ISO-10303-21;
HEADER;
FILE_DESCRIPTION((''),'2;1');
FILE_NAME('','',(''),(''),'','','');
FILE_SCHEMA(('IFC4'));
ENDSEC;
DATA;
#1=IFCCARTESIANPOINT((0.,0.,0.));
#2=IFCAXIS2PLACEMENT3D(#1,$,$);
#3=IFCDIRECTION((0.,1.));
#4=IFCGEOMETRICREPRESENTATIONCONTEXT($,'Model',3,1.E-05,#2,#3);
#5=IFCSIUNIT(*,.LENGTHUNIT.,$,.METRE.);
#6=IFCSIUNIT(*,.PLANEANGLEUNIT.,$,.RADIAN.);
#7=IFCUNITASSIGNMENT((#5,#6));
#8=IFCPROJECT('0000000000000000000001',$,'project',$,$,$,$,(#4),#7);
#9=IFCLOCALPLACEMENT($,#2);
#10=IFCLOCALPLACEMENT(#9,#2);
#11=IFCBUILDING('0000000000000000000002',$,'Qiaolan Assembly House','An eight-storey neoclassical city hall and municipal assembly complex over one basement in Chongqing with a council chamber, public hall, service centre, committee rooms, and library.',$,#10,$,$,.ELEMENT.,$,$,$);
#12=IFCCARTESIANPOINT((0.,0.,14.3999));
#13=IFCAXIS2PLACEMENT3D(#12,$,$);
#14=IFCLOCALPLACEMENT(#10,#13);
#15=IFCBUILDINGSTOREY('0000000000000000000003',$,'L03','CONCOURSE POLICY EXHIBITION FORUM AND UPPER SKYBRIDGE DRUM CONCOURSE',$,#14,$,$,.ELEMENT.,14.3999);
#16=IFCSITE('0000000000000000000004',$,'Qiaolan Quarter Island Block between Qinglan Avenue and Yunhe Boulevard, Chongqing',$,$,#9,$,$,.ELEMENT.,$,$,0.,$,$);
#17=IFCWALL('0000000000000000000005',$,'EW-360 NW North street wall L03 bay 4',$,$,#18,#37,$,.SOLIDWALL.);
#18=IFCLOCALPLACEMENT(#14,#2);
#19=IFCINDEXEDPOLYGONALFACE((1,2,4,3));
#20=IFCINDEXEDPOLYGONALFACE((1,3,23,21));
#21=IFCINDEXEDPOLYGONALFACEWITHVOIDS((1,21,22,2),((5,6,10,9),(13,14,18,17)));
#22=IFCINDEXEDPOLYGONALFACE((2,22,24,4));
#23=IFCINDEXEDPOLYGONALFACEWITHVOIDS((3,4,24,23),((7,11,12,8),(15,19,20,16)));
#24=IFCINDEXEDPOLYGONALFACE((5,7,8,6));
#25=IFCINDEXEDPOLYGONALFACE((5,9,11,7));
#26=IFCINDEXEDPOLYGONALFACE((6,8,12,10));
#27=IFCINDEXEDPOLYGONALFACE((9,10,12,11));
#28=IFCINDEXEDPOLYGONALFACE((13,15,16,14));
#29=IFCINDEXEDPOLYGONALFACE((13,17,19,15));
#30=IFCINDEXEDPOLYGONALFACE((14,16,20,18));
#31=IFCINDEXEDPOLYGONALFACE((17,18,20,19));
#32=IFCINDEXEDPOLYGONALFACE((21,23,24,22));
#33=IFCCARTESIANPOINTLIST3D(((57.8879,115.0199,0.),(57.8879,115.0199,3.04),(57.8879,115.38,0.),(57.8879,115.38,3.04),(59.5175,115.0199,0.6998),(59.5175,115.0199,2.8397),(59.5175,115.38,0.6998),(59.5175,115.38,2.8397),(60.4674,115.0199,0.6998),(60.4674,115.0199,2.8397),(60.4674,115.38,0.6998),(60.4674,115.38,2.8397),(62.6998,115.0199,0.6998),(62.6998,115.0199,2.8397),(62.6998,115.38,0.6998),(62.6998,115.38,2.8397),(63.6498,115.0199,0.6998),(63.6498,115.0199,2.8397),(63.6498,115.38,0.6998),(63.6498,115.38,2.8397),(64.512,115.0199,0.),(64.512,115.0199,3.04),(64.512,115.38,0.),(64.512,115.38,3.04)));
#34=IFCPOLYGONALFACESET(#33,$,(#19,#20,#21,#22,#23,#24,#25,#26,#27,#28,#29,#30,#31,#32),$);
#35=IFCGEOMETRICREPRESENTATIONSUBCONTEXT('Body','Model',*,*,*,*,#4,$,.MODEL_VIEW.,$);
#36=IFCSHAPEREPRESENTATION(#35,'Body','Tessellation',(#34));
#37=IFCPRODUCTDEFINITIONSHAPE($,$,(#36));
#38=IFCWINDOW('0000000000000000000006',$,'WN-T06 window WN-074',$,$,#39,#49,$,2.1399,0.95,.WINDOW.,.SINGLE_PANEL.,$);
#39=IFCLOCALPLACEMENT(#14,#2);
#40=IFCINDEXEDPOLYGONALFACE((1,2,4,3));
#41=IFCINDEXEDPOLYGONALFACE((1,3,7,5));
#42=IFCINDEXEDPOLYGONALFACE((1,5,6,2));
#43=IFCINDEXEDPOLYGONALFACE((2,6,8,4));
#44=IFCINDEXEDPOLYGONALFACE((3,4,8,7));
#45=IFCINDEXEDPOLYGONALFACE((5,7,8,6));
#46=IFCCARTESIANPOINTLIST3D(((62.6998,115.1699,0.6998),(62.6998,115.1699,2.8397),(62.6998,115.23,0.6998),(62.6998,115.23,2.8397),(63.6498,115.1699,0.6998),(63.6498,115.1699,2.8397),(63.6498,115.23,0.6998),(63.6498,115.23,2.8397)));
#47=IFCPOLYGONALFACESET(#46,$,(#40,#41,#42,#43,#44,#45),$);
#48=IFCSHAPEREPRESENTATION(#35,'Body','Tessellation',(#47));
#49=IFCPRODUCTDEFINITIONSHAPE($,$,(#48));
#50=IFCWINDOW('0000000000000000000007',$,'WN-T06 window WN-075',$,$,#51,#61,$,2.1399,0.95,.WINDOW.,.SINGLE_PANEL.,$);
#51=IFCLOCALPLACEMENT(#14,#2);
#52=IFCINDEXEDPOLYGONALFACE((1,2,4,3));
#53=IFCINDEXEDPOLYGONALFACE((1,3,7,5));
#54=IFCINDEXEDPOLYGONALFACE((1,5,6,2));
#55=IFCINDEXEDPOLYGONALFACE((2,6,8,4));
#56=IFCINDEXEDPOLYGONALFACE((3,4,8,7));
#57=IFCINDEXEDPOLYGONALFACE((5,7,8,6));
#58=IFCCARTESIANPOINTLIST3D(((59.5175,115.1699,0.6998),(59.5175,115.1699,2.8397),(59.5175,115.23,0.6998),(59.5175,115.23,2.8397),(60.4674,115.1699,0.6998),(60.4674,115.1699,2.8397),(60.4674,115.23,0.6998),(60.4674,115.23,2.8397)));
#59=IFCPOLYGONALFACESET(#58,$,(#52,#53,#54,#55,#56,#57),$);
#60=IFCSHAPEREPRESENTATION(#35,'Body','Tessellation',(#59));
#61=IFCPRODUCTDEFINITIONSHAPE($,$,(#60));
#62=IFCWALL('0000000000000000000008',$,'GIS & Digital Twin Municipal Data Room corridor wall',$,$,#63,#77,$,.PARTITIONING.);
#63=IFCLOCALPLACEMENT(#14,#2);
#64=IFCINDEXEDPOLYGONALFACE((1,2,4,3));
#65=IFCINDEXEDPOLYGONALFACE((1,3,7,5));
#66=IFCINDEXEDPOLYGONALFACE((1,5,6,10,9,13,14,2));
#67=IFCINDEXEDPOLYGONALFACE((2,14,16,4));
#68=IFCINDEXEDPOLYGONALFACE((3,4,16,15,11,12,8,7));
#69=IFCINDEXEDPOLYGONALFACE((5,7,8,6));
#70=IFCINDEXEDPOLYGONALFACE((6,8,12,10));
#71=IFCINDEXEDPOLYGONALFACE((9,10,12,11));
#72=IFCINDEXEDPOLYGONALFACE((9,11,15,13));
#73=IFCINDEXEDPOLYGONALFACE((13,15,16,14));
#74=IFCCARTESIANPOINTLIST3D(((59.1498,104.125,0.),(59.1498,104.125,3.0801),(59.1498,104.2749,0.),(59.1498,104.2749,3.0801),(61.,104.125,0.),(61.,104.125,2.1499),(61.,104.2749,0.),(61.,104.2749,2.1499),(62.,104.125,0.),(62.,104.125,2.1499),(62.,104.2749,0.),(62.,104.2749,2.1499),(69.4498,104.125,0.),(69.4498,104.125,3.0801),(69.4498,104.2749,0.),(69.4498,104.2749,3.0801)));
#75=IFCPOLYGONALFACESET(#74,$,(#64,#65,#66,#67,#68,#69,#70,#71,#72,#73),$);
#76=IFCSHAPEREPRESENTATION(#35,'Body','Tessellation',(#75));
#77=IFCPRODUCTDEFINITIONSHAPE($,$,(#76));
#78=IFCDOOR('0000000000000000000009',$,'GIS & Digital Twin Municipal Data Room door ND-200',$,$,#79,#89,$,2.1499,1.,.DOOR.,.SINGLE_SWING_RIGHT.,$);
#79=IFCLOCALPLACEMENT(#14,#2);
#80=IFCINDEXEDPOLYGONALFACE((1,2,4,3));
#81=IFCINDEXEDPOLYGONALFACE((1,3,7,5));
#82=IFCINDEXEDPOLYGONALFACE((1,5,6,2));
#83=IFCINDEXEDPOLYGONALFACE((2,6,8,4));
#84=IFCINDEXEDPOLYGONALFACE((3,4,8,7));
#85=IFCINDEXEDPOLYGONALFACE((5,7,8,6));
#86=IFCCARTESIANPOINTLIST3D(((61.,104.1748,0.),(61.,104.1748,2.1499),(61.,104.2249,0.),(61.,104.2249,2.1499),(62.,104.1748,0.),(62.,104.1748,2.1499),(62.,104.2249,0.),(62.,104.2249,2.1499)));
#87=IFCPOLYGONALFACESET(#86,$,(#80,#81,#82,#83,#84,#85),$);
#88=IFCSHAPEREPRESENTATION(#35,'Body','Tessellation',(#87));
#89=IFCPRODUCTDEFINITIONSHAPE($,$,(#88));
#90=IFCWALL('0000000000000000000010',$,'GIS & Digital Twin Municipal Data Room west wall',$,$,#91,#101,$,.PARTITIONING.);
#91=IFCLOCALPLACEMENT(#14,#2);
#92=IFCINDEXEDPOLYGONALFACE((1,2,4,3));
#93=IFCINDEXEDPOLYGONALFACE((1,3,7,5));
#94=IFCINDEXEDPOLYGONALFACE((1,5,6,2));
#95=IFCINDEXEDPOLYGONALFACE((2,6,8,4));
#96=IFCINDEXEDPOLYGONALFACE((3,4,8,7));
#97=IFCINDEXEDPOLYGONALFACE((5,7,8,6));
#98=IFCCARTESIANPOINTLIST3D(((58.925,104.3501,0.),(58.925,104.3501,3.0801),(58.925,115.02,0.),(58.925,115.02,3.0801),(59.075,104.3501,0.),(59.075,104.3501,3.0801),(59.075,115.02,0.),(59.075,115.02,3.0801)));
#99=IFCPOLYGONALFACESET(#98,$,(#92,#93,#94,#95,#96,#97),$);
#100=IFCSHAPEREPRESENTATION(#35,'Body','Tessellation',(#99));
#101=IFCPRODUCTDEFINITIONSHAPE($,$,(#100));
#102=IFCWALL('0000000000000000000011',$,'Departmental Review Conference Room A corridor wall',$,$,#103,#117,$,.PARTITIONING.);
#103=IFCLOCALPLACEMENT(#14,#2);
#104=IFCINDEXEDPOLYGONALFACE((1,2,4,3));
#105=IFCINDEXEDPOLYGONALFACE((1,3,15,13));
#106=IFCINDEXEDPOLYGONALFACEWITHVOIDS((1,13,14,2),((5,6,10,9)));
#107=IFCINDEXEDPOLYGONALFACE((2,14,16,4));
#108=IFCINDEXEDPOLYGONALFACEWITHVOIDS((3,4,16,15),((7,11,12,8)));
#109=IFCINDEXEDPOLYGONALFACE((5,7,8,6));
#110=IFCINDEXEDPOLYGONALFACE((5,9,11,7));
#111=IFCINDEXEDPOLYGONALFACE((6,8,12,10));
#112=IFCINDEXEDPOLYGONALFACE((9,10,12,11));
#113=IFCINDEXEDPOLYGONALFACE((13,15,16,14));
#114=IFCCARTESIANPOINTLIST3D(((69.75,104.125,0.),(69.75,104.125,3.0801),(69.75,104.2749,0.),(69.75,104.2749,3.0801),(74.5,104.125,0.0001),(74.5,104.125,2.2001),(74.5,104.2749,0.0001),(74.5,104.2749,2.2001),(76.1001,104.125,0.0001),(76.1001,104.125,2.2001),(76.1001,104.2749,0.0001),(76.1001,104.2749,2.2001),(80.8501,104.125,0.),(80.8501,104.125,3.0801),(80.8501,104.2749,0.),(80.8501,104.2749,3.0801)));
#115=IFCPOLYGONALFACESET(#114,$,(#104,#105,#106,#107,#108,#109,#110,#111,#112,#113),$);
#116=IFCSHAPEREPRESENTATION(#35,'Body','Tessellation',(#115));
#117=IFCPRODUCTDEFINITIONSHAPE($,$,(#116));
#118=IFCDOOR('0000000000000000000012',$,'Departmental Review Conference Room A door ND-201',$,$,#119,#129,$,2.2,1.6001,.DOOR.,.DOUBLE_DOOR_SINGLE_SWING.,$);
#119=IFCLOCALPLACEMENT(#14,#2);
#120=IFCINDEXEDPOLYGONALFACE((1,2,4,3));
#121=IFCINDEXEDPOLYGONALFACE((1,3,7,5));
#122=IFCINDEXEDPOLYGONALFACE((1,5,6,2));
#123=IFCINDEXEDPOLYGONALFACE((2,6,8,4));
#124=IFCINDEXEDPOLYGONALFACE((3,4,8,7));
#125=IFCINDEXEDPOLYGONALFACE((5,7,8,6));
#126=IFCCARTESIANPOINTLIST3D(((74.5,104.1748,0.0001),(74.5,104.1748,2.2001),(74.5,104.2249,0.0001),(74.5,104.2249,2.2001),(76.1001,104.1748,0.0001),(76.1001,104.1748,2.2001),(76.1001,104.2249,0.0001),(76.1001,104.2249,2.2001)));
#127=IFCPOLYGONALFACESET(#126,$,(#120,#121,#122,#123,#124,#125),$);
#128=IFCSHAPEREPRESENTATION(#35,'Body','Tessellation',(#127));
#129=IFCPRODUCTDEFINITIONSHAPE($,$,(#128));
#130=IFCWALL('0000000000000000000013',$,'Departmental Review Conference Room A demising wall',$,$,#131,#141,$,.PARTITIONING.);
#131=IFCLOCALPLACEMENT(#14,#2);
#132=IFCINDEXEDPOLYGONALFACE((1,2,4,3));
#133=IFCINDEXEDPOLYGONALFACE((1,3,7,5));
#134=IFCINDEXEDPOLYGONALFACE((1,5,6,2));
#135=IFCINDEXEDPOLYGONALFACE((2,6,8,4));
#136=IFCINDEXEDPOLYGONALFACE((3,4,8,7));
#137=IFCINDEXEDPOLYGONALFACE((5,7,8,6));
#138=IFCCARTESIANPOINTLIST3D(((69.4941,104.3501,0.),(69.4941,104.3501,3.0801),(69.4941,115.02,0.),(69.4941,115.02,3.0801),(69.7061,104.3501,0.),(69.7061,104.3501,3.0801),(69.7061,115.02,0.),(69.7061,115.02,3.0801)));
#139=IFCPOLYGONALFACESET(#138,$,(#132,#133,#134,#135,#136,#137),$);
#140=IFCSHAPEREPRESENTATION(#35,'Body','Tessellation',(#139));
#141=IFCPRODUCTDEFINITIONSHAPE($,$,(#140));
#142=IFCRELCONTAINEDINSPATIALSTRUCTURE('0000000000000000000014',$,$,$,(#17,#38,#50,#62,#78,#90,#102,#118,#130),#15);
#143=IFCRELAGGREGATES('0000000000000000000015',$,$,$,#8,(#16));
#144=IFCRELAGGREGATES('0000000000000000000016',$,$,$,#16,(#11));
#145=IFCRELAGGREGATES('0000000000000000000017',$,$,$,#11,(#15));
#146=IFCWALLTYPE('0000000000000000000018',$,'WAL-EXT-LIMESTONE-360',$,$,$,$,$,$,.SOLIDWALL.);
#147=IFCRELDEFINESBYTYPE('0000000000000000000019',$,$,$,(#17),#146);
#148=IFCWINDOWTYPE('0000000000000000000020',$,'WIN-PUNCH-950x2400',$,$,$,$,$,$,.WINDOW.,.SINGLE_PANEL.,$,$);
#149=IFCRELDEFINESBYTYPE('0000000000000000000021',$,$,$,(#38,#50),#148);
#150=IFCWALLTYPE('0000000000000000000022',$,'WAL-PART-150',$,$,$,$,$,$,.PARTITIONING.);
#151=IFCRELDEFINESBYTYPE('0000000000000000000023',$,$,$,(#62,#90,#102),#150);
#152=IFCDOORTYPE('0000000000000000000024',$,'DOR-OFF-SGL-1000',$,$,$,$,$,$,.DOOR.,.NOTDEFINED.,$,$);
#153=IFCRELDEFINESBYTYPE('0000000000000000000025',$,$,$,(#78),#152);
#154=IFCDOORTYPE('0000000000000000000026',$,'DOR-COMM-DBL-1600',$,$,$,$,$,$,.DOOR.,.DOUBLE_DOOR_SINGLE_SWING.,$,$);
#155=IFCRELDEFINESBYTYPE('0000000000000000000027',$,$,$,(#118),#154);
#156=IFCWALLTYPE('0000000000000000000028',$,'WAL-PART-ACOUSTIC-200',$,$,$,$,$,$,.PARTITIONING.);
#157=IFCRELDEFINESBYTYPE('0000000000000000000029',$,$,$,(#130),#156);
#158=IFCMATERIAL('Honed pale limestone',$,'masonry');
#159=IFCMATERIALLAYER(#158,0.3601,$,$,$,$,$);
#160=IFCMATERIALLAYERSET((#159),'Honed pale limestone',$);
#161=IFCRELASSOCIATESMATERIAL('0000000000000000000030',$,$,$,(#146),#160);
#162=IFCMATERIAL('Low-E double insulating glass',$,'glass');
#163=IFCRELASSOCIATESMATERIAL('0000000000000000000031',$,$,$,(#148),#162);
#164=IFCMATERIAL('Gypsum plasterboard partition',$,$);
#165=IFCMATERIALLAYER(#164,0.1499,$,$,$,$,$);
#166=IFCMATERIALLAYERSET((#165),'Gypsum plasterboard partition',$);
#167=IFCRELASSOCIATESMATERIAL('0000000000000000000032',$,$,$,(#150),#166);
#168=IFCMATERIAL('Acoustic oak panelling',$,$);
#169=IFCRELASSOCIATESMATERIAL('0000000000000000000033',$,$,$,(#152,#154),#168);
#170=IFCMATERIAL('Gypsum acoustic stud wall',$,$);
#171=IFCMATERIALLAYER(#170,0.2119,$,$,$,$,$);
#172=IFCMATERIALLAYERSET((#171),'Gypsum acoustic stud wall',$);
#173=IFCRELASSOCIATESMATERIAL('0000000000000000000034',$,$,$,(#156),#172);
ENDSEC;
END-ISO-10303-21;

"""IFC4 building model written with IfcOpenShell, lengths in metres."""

from ifc_helpers import new_model, si_unit, direction, frame, frame_2d, origin, place, context, subcontext, project, spatial, rectangle, extrude, material, layer, layer_set, type_object, element, fill, save


model = new_model("IFC4")

# Units and contexts
model_context = context("Model", 3, precision=1e-05, world=origin(), true_north=direction((0.0, 1.0)))
body_context = subcontext(model_context, "Body", "Model", "MODEL_VIEW")
ifc_project = project(units=[si_unit("LENGTHUNIT", "METRE"), si_unit("PLANEANGLEUNIT", "RADIAN")], contexts=[model_context])

# Site, building, storey
site_placement = place(None, origin())
site = spatial("IfcSite", under=ifc_project, at=site_placement, Name="Qiaolan Quarter Island Block between Qinglan Avenue and Yunhe Boulevard, Chongqing", CompositionType="ELEMENT", RefElevation=0.0)
building_placement = place(site_placement, origin())
building = spatial("IfcBuilding", under=site, at=building_placement, Name="Qiaolan Assembly House", Description="An eight-storey neoclassical city hall and municipal assembly complex over one basement in Chongqing with a council chamber, public hall, service centre, committee rooms, and library.", CompositionType="ELEMENT")
storey_placement = place(building_placement, frame((0.0, 0.0, 14.3999)))
storey = spatial("IfcBuildingStorey", under=building, at=storey_placement, Name="L03", Description="CONCOURSE POLICY EXHIBITION FORUM AND UPPER SKYBRIDGE DRUM CONCOURSE", CompositionType="ELEMENT", Elevation=14.3999)

# Wall, openings, windows
ifc_material_1 = material(Name="Honed pale limestone", Category="masonry")
ifc_layer_1 = layer(ifc_material_1, 0.3601)
ifc_layer_set_1 = layer_set([ifc_layer_1], Name="Honed pale limestone")
wall_type_1 = type_object("IfcWallType", Name="WAL-EXT-LIMESTONE-360", PredefinedType="SOLIDWALL", material=ifc_layer_set_1)
wall_1_placement = place(storey_placement, frame((64.512, 115.2, 0.0), z_axis=(0.0, 0.0, 1.0), x_axis=(-1.0, 0.0, 0.0)))
wall_1 = element("IfcWall", 1, at=wall_1_placement, inside=storey, type_object=wall_type_1, Name="EW-360 NW North street wall L03 bay 4", PredefinedType="SOLIDWALL", context=body_context, shape_type="SweptSolid", body=[
    extrude(rectangle(XDim=6.624, YDim=0.3601, at=frame_2d((3.312, 0.0))), origin(), (0.0, 0.0, 1.0), 3.04),
])
opening_1_placement = place(wall_1_placement, frame((0.8621, 0.0, 0.7)))
opening_1 = element("IfcOpeningElement", 2, at=opening_1_placement, cuts=wall_1, PredefinedType="OPENING", context=body_context, shape_type="SweptSolid", body=[
    extrude(rectangle(XDim=0.95, YDim=2.1399, at=frame_2d((0.4751, 1.0698))), frame((0.0, 0.1899, 0.0), z_axis=(0.0, -1.0, 0.0), x_axis=(1.0, 0.0, 0.0)), (0.0, 0.0, 1.0), 0.3801),
])
opening_2_placement = place(wall_1_placement, frame((4.0444, 0.0, 0.7)))
opening_2 = element("IfcOpeningElement", 3, at=opening_2_placement, cuts=wall_1, PredefinedType="OPENING", context=body_context, shape_type="SweptSolid", body=[
    extrude(rectangle(XDim=0.95, YDim=2.1399, at=frame_2d((0.4751, 1.0698))), frame((0.0, 0.1899, 0.0), z_axis=(0.0, -1.0, 0.0), x_axis=(1.0, 0.0, 0.0)), (0.0, 0.0, 1.0), 0.3801),
])
ifc_material_2 = material(Name="Low-E double insulating glass", Category="glass")
window_type = type_object("IfcWindowType", Name="WIN-PUNCH-950x2400", PartitioningType="SINGLE_PANEL", PredefinedType="WINDOW", material=ifc_material_2)
window_1_placement = place(opening_1_placement, origin())
window_1 = element("IfcWindow", 4, at=window_1_placement, inside=storey, type_object=window_type, Name="WN-T06 window WN-074", OverallHeight=2.1399, OverallWidth=0.95, PartitioningType="SINGLE_PANEL", PredefinedType="WINDOW", context=body_context, shape_type="SweptSolid", body=[
    extrude(rectangle(XDim=0.95, YDim=2.1399, at=frame_2d((0.4751, 1.0698))), frame((0.0, 0.03, 0.0), z_axis=(0.0, -1.0, 0.0), x_axis=(1.0, 0.0, 0.0)), (0.0, 0.0, 1.0), 0.0601),
])
fill(opening_1, window_1)
window_2_placement = place(opening_2_placement, origin())
window_2 = element("IfcWindow", 5, at=window_2_placement, inside=storey, type_object=window_type, Name="WN-T06 window WN-075", OverallHeight=2.1399, OverallWidth=0.95, PartitioningType="SINGLE_PANEL", PredefinedType="WINDOW", context=body_context, shape_type="SweptSolid", body=[
    extrude(rectangle(XDim=0.95, YDim=2.1399, at=frame_2d((0.4751, 1.0698))), frame((0.0, 0.03, 0.0), z_axis=(0.0, -1.0, 0.0), x_axis=(1.0, 0.0, 0.0)), (0.0, 0.0, 1.0), 0.0601),
])
fill(opening_2, window_2)

# Wall, opening, door
ifc_material_3 = material(Name="Gypsum plasterboard partition")
ifc_layer_2 = layer(ifc_material_3, 0.1499)
ifc_layer_set_2 = layer_set([ifc_layer_2], Name="Gypsum plasterboard partition")
wall_type_2 = type_object("IfcWallType", Name="WAL-PART-150", PredefinedType="PARTITIONING", material=ifc_layer_set_2)
wall_2_placement = place(storey_placement, frame((59.1499, 104.2, 0.0), z_axis=(0.0, 0.0, 1.0), x_axis=(1.0, 0.0, 0.0)))
wall_2 = element("IfcWall", 6, at=wall_2_placement, inside=storey, type_object=wall_type_2, Name="GIS & Digital Twin Municipal Data Room corridor wall", PredefinedType="PARTITIONING", context=body_context, shape_type="SweptSolid", body=[
    extrude(rectangle(XDim=10.3, YDim=0.1499, at=frame_2d((5.1499, 0.0))), origin(), (0.0, 0.0, 1.0), 3.0801),
])
opening_3_placement = place(wall_2_placement, frame((1.8501, 0.0, 0.0)))
opening_3 = element("IfcOpeningElement", 7, at=opening_3_placement, cuts=wall_2, PredefinedType="OPENING", context=body_context, shape_type="SweptSolid", body=[
    extrude(rectangle(XDim=1.0, YDim=2.1499, at=frame_2d((0.5, 1.075))), frame((0.0, 0.085, 0.0), z_axis=(0.0, -1.0, 0.0), x_axis=(1.0, 0.0, 0.0)), (0.0, 0.0, 1.0), 0.1699),
])
ifc_material_4 = material(Name="Acoustic oak panelling")
door_type_1 = type_object("IfcDoorType", Name="DOR-OFF-SGL-1000", OperationType="NOTDEFINED", PredefinedType="DOOR", material=ifc_material_4)
door_1_placement = place(opening_3_placement, origin())
door_1 = element("IfcDoor", 8, at=door_1_placement, inside=storey, type_object=door_type_1, Name="GIS & Digital Twin Municipal Data Room door ND-200", OperationType="SINGLE_SWING_RIGHT", OverallHeight=2.1499, OverallWidth=1.0, PredefinedType="DOOR", context=body_context, shape_type="SweptSolid", body=[
    extrude(rectangle(XDim=1.0, YDim=2.1499, at=frame_2d((0.5, 1.075))), frame((0.0, 0.0249, 0.0), z_axis=(0.0, -1.0, 0.0), x_axis=(1.0, 0.0, 0.0)), (0.0, 0.0, 1.0), 0.05),
])
fill(opening_3, door_1)

# Wall
wall_3_placement = place(storey_placement, frame((59.0, 104.3501, 0.0), z_axis=(0.0, 0.0, 1.0), x_axis=(0.0, 1.0, 0.0)))
element("IfcWall", 9, at=wall_3_placement, inside=storey, type_object=wall_type_2, Name="GIS & Digital Twin Municipal Data Room west wall", PredefinedType="PARTITIONING", context=body_context, shape_type="SweptSolid", body=[
    extrude(rectangle(XDim=10.6699, YDim=0.1499, at=frame_2d((5.335, 0.0))), origin(), (0.0, 0.0, 1.0), 3.0801),
])

# Wall, opening, door
wall_4_placement = place(storey_placement, frame((69.75, 104.2, 0.0), z_axis=(0.0, 0.0, 1.0), x_axis=(1.0, 0.0, 0.0)))
wall_4 = element("IfcWall", 10, at=wall_4_placement, inside=storey, type_object=wall_type_2, Name="Departmental Review Conference Room A corridor wall", PredefinedType="PARTITIONING", context=body_context, shape_type="SweptSolid", body=[
    extrude(rectangle(XDim=11.1001, YDim=0.1499, at=frame_2d((5.55, 0.0))), origin(), (0.0, 0.0, 1.0), 3.0801),
])
opening_4_placement = place(wall_4_placement, frame((4.75, 0.0, 0.0)))
opening_4 = element("IfcOpeningElement", 11, at=opening_4_placement, cuts=wall_4, PredefinedType="OPENING", context=body_context, shape_type="SweptSolid", body=[
    extrude(rectangle(XDim=1.6001, YDim=2.2, at=frame_2d((0.8, 1.1001))), frame((0.0, 0.085, 0.0), z_axis=(0.0, -1.0, 0.0), x_axis=(1.0, 0.0, 0.0)), (0.0, 0.0, 1.0), 0.1699),
])
door_type_2 = type_object("IfcDoorType", Name="DOR-COMM-DBL-1600", OperationType="DOUBLE_DOOR_SINGLE_SWING", PredefinedType="DOOR", material=ifc_material_4)
door_2_placement = place(opening_4_placement, origin())
door_2 = element("IfcDoor", 12, at=door_2_placement, inside=storey, type_object=door_type_2, Name="Departmental Review Conference Room A door ND-201", OperationType="DOUBLE_DOOR_SINGLE_SWING", OverallHeight=2.2, OverallWidth=1.6001, PredefinedType="DOOR", context=body_context, shape_type="SweptSolid", body=[
    extrude(rectangle(XDim=1.6001, YDim=2.2, at=frame_2d((0.8, 1.1001))), frame((0.0, 0.0249, 0.0), z_axis=(0.0, -1.0, 0.0), x_axis=(1.0, 0.0, 0.0)), (0.0, 0.0, 1.0), 0.05),
])
fill(opening_4, door_2)

# Wall
ifc_material_5 = material(Name="Gypsum acoustic stud wall")
ifc_layer_3 = layer(ifc_material_5, 0.2119)
ifc_layer_set_3 = layer_set([ifc_layer_3], Name="Gypsum acoustic stud wall")
wall_type_3 = type_object("IfcWallType", Name="WAL-PART-ACOUSTIC-200", PredefinedType="PARTITIONING", material=ifc_layer_set_3)
wall_5_placement = place(storey_placement, frame((69.6001, 104.3501, 0.0), z_axis=(0.0, 0.0, 1.0), x_axis=(0.0, 1.0, 0.0)))
element("IfcWall", 13, at=wall_5_placement, inside=storey, type_object=wall_type_3, Name="Departmental Review Conference Room A demising wall", PredefinedType="PARTITIONING", context=body_context, shape_type="SweptSolid", body=[
    extrude(rectangle(XDim=10.6699, YDim=0.2119, at=frame_2d((5.335, 0.0))), origin(), (0.0, 0.0, 1.0), 3.0801),
])

save(model, "model.ifc")
